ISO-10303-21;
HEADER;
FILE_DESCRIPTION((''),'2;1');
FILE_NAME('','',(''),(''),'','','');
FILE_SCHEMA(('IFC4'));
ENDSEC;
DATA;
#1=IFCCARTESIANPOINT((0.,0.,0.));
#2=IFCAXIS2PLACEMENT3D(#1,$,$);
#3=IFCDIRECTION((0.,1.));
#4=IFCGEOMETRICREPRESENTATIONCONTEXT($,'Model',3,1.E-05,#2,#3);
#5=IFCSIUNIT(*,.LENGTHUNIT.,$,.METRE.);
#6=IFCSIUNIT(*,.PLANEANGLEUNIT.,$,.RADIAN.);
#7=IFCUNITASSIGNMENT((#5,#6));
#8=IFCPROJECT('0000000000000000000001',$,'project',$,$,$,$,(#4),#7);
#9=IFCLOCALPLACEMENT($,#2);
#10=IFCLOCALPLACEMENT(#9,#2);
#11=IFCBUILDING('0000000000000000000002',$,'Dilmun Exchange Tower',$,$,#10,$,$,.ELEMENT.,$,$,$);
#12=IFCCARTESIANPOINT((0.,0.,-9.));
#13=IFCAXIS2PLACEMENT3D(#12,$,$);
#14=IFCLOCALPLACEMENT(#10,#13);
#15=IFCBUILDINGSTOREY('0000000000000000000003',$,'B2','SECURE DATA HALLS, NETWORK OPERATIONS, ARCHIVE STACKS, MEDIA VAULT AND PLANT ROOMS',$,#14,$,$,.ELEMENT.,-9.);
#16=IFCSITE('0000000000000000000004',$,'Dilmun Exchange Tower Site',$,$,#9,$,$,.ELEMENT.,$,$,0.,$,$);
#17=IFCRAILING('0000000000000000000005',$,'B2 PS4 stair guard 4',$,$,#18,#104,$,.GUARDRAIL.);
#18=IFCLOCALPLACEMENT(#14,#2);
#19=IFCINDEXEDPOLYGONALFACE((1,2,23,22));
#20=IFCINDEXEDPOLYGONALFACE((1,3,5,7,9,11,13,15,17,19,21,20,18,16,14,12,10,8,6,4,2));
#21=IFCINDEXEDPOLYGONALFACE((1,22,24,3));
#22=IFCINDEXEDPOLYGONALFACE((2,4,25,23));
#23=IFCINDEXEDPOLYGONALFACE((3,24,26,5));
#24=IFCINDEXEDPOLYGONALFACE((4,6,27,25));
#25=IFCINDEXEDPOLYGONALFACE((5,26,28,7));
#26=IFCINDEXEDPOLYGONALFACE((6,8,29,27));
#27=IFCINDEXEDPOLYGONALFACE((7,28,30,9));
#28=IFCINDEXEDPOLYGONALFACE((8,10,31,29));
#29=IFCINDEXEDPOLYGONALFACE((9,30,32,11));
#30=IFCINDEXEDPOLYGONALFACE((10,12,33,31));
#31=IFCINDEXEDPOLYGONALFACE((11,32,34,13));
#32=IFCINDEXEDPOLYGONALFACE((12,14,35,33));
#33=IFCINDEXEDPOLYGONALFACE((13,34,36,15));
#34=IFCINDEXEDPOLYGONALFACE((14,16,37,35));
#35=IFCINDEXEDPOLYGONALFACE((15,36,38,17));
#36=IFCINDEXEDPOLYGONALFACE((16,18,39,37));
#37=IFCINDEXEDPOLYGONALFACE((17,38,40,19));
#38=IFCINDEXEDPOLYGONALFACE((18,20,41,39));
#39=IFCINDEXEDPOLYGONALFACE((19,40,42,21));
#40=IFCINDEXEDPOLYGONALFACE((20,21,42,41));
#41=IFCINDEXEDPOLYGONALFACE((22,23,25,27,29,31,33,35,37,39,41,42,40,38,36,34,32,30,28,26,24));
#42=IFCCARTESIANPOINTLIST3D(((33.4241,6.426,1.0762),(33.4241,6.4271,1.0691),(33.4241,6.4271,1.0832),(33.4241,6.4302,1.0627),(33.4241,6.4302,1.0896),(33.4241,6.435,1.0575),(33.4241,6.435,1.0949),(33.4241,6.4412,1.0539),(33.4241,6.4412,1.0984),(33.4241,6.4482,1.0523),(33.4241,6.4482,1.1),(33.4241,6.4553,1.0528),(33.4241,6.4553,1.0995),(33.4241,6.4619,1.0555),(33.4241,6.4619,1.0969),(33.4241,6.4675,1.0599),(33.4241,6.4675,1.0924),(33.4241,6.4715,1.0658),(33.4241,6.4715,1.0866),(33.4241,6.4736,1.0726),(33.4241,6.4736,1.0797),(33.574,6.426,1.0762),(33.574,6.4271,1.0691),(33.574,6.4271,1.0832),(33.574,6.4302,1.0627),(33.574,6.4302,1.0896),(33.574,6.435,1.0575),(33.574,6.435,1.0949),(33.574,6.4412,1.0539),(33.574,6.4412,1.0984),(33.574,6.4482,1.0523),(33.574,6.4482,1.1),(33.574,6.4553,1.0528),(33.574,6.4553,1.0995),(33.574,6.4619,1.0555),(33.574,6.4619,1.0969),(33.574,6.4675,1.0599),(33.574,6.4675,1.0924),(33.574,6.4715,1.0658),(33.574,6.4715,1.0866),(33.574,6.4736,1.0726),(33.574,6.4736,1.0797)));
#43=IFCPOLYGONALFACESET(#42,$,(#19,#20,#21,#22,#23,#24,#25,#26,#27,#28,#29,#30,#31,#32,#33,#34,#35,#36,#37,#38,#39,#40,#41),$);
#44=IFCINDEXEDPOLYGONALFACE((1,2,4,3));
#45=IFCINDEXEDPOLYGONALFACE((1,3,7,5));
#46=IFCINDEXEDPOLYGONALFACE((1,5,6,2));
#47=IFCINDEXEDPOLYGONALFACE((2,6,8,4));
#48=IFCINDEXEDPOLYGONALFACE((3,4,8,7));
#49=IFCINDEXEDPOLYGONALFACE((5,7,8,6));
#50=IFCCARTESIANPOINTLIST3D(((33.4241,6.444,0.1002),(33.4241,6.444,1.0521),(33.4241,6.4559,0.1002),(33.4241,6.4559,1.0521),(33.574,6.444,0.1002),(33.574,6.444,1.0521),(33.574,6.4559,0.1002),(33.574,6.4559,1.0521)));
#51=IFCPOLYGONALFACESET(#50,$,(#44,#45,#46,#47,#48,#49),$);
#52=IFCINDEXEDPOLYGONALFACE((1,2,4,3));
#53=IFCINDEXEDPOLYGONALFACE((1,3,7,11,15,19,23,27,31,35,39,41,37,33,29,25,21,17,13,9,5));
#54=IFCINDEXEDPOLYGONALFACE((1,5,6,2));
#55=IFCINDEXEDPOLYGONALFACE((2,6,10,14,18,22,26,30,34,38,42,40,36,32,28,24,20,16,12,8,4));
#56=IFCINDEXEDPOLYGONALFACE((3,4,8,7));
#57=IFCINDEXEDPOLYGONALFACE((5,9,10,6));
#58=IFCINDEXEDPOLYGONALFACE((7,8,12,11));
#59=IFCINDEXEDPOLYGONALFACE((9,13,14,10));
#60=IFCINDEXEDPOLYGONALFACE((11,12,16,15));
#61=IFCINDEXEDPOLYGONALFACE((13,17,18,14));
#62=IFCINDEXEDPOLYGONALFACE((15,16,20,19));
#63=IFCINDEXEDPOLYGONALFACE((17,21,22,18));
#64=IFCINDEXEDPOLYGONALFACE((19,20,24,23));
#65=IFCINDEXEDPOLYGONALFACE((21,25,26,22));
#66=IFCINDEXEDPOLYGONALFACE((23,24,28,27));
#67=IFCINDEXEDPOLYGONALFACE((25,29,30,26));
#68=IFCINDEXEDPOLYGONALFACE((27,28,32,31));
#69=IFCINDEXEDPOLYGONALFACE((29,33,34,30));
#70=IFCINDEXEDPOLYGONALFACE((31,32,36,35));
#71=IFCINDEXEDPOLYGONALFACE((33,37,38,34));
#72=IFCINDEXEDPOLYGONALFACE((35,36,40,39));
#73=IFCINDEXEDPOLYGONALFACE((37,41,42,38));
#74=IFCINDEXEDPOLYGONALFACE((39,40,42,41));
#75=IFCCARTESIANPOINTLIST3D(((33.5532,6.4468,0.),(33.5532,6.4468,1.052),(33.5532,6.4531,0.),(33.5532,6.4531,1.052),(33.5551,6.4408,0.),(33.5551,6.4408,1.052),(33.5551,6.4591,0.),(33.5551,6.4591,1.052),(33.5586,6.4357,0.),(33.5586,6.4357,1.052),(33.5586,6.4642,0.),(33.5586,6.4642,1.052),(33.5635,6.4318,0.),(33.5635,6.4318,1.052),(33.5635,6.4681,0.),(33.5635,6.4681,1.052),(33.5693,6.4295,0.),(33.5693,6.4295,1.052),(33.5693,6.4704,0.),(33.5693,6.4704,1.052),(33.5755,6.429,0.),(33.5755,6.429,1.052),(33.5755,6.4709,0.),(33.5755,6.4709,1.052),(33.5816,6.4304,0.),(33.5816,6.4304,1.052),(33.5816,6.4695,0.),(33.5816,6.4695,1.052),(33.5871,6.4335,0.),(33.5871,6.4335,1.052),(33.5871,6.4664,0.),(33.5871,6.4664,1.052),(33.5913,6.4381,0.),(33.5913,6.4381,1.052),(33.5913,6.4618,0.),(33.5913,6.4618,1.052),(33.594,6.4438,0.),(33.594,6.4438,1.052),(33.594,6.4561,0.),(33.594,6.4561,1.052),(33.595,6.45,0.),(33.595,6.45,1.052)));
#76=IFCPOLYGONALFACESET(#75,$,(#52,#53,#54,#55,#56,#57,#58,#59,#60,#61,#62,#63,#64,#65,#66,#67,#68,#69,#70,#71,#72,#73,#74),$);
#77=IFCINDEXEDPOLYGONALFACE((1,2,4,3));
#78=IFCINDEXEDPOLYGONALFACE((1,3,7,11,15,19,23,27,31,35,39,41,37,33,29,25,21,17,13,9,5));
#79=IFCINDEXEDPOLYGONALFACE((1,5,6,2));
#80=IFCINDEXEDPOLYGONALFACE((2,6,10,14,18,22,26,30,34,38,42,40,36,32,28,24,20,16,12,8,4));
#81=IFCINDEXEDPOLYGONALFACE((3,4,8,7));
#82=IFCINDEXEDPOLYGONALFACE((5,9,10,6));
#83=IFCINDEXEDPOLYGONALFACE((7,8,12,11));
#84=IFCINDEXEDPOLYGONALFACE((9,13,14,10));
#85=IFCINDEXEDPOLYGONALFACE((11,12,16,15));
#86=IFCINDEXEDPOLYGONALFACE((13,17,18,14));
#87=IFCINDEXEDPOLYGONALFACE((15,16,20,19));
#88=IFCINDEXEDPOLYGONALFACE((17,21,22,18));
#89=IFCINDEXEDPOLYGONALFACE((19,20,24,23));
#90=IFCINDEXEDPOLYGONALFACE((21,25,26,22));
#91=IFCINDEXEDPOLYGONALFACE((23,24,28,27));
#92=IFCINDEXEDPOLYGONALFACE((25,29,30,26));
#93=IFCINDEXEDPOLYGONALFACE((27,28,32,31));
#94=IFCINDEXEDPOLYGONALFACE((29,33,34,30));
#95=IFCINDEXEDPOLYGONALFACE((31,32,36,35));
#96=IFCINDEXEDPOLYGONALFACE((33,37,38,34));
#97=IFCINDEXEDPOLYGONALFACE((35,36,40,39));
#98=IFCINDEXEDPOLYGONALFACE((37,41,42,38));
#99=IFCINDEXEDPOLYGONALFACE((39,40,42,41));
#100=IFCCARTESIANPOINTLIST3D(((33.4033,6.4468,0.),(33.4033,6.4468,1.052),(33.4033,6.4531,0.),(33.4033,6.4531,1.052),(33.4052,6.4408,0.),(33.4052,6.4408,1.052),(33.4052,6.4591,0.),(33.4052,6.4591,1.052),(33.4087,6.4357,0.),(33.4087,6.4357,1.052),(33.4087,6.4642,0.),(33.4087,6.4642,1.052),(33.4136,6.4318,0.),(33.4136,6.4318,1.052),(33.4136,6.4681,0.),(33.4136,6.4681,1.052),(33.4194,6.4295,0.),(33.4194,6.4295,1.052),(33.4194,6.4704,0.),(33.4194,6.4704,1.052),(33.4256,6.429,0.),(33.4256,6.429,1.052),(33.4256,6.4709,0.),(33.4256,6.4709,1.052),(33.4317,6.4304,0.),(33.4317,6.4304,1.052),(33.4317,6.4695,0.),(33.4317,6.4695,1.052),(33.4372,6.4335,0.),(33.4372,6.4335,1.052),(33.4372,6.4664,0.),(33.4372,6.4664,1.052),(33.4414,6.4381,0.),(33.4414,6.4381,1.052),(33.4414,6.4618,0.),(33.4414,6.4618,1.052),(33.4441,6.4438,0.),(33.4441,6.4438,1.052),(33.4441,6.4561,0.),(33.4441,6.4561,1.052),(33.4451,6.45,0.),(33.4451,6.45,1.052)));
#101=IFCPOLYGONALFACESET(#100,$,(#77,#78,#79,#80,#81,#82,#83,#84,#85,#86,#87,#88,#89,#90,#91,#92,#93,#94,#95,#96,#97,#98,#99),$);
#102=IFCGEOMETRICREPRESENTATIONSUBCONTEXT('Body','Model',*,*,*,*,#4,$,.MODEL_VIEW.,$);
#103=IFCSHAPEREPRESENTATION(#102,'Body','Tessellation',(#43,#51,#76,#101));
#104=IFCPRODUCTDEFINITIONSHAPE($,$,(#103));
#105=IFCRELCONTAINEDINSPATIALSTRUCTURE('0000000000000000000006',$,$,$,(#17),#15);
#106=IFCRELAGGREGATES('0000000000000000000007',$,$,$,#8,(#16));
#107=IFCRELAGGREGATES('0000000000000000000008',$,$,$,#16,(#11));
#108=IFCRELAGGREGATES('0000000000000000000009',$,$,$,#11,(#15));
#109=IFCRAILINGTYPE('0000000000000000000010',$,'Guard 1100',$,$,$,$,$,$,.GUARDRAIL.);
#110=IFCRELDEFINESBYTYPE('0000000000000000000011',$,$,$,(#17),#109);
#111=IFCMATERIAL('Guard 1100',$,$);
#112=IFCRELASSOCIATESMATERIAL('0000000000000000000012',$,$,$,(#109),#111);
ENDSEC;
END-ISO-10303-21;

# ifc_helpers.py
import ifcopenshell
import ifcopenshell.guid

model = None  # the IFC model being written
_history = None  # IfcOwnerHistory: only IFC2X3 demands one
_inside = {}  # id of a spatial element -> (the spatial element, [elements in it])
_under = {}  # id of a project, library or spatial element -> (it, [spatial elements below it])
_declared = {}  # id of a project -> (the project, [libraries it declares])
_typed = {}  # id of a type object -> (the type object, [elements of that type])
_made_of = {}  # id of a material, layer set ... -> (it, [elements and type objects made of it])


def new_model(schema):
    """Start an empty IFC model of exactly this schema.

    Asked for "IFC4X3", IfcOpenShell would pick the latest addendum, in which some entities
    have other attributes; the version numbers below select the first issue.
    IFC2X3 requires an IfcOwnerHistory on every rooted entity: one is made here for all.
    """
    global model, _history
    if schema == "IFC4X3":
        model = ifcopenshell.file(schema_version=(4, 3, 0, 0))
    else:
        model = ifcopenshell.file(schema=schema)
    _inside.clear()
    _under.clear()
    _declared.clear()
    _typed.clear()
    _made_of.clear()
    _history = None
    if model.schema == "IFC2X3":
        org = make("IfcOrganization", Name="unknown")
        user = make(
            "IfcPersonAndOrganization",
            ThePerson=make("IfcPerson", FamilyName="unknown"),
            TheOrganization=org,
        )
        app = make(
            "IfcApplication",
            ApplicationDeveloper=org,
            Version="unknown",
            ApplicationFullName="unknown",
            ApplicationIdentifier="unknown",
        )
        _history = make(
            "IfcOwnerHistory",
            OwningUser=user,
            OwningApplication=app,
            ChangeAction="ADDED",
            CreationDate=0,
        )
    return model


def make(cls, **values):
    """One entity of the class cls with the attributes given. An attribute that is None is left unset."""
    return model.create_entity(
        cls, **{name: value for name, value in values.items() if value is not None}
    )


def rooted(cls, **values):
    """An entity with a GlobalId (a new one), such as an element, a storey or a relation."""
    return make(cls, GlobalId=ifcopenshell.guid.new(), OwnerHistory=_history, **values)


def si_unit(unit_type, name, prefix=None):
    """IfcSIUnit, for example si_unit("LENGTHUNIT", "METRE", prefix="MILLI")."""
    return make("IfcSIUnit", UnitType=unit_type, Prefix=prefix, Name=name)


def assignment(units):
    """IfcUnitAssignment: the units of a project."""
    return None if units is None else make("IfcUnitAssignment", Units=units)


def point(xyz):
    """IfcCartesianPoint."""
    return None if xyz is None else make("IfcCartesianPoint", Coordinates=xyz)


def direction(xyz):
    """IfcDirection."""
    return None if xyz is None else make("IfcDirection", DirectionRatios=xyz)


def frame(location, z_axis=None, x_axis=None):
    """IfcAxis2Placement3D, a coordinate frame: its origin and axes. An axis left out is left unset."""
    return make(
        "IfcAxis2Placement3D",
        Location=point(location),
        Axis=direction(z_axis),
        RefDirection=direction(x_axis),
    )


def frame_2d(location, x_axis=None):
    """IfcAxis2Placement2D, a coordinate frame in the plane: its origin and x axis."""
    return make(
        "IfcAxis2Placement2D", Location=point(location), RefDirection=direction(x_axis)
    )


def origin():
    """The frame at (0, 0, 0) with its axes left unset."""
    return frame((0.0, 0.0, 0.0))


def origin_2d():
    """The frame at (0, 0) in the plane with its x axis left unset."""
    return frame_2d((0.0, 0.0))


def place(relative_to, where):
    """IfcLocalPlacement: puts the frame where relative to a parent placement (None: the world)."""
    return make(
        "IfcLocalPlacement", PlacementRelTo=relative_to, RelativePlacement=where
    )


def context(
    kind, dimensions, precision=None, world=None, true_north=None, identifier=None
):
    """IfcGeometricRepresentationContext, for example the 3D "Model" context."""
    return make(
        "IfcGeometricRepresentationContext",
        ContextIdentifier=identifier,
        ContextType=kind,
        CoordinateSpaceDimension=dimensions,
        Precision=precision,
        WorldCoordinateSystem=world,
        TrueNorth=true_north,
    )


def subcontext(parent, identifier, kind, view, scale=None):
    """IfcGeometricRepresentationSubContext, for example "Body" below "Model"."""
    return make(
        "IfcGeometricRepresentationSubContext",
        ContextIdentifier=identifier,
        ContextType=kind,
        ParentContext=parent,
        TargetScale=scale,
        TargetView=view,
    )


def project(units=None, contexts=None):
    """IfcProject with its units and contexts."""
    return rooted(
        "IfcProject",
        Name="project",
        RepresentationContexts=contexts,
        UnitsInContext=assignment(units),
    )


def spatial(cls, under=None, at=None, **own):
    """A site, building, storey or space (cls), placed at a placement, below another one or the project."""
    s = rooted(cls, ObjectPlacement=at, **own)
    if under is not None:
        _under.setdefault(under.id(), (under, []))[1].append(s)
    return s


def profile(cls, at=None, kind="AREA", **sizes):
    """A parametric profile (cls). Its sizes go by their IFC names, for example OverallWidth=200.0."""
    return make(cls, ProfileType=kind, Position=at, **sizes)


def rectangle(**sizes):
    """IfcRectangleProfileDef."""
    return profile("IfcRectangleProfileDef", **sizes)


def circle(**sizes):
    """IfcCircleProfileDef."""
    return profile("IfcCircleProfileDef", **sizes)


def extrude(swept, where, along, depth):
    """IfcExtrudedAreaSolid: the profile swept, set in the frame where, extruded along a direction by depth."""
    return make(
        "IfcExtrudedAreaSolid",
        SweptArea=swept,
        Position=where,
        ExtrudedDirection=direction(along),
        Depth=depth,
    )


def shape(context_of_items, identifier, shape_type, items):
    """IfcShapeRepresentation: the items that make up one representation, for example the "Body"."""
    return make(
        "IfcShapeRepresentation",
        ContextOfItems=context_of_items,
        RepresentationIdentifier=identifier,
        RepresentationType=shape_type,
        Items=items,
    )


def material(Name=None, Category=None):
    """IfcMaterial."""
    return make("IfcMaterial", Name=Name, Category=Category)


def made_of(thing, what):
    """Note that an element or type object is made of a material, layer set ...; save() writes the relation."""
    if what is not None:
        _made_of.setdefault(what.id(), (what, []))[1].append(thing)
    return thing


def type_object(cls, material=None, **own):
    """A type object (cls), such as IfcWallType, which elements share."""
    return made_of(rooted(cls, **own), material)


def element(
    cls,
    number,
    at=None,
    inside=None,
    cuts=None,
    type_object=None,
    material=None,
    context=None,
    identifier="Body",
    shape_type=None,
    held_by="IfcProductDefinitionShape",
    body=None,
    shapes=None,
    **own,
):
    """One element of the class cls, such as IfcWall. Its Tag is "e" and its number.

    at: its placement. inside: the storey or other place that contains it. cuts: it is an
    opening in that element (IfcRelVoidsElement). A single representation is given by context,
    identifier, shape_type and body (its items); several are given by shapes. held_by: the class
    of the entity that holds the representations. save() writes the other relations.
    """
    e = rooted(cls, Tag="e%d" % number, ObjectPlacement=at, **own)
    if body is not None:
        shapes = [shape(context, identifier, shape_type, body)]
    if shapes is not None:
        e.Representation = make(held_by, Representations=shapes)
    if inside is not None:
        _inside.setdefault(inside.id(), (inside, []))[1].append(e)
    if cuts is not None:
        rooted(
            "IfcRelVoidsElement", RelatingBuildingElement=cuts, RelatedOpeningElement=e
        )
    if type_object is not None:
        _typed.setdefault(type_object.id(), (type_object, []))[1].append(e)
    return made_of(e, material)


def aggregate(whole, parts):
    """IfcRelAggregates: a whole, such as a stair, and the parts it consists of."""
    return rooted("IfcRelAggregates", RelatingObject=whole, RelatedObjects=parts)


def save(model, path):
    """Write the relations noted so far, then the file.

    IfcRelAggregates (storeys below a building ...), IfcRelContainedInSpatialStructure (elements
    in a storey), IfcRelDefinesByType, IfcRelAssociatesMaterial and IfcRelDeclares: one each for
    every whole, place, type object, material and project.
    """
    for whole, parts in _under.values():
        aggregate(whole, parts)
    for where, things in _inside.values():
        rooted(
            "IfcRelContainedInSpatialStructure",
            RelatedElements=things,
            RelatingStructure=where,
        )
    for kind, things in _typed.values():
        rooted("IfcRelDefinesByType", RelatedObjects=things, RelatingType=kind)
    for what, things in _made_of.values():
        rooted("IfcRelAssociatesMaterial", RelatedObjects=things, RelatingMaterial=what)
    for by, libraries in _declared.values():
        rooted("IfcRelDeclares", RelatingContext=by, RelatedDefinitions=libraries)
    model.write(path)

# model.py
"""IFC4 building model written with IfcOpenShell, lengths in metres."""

from ifc_helpers import new_model, si_unit, direction, frame, origin, origin_2d, place, context, subcontext, project, spatial, rectangle, circle, extrude, material, type_object, element, save


model = new_model("IFC4")

# Units and contexts
model_context = context("Model", 3, precision=1e-05, world=origin(), true_north=direction((0.0, 1.0)))
body_context = subcontext(model_context, "Body", "Model", "MODEL_VIEW")
ifc_project = project(units=[si_unit("LENGTHUNIT", "METRE"), si_unit("PLANEANGLEUNIT", "RADIAN")], contexts=[model_context])

# Site, building, storey
site_placement = place(None, origin())
site = spatial("IfcSite", under=ifc_project, at=site_placement, Name="Dilmun Exchange Tower Site", CompositionType="ELEMENT", RefElevation=0.0)
building_placement = place(site_placement, origin())
building = spatial("IfcBuilding", under=site, at=building_placement, Name="Dilmun Exchange Tower", CompositionType="ELEMENT")
storey_placement = place(building_placement, frame((0.0, 0.0, -9.0)))
storey = spatial("IfcBuildingStorey", under=building, at=storey_placement, Name="B2", Description="SECURE DATA HALLS, NETWORK OPERATIONS, ARCHIVE STACKS, MEDIA VAULT AND PLANT ROOMS", CompositionType="ELEMENT", Elevation=-9.0)

# Railing
ifc_material_1 = material(Name="Guard 1100")
railing_type_1 = type_object("IfcRailingType", Name="Guard 1100", PredefinedType="GUARDRAIL", material=ifc_material_1)
railing_1_placement = place(storey_placement, frame((33.574, 6.45, 0.0)))
element("IfcRailing", 1, at=railing_1_placement, inside=storey, type_object=railing_type_1, Name="B2 PS4 stair guard 4", PredefinedType="GUARDRAIL", context=body_context, shape_type="SweptSolid", body=[
    extrude(circle(Radius=0.0239, at=origin_2d()), frame((0.0, 0.0, 1.0762), z_axis=(-1.0, 0.0, 0.0), x_axis=(0.0, -1.0, 0.0)), (0.0, 0.0, 1.0), 0.1499),
    extrude(rectangle(XDim=0.012, YDim=0.9519, at=origin_2d()), frame((0.0, 0.0, 0.5762), z_axis=(-1.0, 0.0, 0.0), x_axis=(0.0, -1.0, 0.0)), (0.0, 0.0, 1.0), 0.1499),
    extrude(circle(Radius=0.021, at=origin_2d()), origin(), (0.0, 0.0, 1.0), 1.052),
    extrude(circle(Radius=0.021, at=origin_2d()), frame((-0.1499, 0.0, 0.0)), (0.0, 0.0, 1.0), 1.052),
])

save(model, "model.ifc")
